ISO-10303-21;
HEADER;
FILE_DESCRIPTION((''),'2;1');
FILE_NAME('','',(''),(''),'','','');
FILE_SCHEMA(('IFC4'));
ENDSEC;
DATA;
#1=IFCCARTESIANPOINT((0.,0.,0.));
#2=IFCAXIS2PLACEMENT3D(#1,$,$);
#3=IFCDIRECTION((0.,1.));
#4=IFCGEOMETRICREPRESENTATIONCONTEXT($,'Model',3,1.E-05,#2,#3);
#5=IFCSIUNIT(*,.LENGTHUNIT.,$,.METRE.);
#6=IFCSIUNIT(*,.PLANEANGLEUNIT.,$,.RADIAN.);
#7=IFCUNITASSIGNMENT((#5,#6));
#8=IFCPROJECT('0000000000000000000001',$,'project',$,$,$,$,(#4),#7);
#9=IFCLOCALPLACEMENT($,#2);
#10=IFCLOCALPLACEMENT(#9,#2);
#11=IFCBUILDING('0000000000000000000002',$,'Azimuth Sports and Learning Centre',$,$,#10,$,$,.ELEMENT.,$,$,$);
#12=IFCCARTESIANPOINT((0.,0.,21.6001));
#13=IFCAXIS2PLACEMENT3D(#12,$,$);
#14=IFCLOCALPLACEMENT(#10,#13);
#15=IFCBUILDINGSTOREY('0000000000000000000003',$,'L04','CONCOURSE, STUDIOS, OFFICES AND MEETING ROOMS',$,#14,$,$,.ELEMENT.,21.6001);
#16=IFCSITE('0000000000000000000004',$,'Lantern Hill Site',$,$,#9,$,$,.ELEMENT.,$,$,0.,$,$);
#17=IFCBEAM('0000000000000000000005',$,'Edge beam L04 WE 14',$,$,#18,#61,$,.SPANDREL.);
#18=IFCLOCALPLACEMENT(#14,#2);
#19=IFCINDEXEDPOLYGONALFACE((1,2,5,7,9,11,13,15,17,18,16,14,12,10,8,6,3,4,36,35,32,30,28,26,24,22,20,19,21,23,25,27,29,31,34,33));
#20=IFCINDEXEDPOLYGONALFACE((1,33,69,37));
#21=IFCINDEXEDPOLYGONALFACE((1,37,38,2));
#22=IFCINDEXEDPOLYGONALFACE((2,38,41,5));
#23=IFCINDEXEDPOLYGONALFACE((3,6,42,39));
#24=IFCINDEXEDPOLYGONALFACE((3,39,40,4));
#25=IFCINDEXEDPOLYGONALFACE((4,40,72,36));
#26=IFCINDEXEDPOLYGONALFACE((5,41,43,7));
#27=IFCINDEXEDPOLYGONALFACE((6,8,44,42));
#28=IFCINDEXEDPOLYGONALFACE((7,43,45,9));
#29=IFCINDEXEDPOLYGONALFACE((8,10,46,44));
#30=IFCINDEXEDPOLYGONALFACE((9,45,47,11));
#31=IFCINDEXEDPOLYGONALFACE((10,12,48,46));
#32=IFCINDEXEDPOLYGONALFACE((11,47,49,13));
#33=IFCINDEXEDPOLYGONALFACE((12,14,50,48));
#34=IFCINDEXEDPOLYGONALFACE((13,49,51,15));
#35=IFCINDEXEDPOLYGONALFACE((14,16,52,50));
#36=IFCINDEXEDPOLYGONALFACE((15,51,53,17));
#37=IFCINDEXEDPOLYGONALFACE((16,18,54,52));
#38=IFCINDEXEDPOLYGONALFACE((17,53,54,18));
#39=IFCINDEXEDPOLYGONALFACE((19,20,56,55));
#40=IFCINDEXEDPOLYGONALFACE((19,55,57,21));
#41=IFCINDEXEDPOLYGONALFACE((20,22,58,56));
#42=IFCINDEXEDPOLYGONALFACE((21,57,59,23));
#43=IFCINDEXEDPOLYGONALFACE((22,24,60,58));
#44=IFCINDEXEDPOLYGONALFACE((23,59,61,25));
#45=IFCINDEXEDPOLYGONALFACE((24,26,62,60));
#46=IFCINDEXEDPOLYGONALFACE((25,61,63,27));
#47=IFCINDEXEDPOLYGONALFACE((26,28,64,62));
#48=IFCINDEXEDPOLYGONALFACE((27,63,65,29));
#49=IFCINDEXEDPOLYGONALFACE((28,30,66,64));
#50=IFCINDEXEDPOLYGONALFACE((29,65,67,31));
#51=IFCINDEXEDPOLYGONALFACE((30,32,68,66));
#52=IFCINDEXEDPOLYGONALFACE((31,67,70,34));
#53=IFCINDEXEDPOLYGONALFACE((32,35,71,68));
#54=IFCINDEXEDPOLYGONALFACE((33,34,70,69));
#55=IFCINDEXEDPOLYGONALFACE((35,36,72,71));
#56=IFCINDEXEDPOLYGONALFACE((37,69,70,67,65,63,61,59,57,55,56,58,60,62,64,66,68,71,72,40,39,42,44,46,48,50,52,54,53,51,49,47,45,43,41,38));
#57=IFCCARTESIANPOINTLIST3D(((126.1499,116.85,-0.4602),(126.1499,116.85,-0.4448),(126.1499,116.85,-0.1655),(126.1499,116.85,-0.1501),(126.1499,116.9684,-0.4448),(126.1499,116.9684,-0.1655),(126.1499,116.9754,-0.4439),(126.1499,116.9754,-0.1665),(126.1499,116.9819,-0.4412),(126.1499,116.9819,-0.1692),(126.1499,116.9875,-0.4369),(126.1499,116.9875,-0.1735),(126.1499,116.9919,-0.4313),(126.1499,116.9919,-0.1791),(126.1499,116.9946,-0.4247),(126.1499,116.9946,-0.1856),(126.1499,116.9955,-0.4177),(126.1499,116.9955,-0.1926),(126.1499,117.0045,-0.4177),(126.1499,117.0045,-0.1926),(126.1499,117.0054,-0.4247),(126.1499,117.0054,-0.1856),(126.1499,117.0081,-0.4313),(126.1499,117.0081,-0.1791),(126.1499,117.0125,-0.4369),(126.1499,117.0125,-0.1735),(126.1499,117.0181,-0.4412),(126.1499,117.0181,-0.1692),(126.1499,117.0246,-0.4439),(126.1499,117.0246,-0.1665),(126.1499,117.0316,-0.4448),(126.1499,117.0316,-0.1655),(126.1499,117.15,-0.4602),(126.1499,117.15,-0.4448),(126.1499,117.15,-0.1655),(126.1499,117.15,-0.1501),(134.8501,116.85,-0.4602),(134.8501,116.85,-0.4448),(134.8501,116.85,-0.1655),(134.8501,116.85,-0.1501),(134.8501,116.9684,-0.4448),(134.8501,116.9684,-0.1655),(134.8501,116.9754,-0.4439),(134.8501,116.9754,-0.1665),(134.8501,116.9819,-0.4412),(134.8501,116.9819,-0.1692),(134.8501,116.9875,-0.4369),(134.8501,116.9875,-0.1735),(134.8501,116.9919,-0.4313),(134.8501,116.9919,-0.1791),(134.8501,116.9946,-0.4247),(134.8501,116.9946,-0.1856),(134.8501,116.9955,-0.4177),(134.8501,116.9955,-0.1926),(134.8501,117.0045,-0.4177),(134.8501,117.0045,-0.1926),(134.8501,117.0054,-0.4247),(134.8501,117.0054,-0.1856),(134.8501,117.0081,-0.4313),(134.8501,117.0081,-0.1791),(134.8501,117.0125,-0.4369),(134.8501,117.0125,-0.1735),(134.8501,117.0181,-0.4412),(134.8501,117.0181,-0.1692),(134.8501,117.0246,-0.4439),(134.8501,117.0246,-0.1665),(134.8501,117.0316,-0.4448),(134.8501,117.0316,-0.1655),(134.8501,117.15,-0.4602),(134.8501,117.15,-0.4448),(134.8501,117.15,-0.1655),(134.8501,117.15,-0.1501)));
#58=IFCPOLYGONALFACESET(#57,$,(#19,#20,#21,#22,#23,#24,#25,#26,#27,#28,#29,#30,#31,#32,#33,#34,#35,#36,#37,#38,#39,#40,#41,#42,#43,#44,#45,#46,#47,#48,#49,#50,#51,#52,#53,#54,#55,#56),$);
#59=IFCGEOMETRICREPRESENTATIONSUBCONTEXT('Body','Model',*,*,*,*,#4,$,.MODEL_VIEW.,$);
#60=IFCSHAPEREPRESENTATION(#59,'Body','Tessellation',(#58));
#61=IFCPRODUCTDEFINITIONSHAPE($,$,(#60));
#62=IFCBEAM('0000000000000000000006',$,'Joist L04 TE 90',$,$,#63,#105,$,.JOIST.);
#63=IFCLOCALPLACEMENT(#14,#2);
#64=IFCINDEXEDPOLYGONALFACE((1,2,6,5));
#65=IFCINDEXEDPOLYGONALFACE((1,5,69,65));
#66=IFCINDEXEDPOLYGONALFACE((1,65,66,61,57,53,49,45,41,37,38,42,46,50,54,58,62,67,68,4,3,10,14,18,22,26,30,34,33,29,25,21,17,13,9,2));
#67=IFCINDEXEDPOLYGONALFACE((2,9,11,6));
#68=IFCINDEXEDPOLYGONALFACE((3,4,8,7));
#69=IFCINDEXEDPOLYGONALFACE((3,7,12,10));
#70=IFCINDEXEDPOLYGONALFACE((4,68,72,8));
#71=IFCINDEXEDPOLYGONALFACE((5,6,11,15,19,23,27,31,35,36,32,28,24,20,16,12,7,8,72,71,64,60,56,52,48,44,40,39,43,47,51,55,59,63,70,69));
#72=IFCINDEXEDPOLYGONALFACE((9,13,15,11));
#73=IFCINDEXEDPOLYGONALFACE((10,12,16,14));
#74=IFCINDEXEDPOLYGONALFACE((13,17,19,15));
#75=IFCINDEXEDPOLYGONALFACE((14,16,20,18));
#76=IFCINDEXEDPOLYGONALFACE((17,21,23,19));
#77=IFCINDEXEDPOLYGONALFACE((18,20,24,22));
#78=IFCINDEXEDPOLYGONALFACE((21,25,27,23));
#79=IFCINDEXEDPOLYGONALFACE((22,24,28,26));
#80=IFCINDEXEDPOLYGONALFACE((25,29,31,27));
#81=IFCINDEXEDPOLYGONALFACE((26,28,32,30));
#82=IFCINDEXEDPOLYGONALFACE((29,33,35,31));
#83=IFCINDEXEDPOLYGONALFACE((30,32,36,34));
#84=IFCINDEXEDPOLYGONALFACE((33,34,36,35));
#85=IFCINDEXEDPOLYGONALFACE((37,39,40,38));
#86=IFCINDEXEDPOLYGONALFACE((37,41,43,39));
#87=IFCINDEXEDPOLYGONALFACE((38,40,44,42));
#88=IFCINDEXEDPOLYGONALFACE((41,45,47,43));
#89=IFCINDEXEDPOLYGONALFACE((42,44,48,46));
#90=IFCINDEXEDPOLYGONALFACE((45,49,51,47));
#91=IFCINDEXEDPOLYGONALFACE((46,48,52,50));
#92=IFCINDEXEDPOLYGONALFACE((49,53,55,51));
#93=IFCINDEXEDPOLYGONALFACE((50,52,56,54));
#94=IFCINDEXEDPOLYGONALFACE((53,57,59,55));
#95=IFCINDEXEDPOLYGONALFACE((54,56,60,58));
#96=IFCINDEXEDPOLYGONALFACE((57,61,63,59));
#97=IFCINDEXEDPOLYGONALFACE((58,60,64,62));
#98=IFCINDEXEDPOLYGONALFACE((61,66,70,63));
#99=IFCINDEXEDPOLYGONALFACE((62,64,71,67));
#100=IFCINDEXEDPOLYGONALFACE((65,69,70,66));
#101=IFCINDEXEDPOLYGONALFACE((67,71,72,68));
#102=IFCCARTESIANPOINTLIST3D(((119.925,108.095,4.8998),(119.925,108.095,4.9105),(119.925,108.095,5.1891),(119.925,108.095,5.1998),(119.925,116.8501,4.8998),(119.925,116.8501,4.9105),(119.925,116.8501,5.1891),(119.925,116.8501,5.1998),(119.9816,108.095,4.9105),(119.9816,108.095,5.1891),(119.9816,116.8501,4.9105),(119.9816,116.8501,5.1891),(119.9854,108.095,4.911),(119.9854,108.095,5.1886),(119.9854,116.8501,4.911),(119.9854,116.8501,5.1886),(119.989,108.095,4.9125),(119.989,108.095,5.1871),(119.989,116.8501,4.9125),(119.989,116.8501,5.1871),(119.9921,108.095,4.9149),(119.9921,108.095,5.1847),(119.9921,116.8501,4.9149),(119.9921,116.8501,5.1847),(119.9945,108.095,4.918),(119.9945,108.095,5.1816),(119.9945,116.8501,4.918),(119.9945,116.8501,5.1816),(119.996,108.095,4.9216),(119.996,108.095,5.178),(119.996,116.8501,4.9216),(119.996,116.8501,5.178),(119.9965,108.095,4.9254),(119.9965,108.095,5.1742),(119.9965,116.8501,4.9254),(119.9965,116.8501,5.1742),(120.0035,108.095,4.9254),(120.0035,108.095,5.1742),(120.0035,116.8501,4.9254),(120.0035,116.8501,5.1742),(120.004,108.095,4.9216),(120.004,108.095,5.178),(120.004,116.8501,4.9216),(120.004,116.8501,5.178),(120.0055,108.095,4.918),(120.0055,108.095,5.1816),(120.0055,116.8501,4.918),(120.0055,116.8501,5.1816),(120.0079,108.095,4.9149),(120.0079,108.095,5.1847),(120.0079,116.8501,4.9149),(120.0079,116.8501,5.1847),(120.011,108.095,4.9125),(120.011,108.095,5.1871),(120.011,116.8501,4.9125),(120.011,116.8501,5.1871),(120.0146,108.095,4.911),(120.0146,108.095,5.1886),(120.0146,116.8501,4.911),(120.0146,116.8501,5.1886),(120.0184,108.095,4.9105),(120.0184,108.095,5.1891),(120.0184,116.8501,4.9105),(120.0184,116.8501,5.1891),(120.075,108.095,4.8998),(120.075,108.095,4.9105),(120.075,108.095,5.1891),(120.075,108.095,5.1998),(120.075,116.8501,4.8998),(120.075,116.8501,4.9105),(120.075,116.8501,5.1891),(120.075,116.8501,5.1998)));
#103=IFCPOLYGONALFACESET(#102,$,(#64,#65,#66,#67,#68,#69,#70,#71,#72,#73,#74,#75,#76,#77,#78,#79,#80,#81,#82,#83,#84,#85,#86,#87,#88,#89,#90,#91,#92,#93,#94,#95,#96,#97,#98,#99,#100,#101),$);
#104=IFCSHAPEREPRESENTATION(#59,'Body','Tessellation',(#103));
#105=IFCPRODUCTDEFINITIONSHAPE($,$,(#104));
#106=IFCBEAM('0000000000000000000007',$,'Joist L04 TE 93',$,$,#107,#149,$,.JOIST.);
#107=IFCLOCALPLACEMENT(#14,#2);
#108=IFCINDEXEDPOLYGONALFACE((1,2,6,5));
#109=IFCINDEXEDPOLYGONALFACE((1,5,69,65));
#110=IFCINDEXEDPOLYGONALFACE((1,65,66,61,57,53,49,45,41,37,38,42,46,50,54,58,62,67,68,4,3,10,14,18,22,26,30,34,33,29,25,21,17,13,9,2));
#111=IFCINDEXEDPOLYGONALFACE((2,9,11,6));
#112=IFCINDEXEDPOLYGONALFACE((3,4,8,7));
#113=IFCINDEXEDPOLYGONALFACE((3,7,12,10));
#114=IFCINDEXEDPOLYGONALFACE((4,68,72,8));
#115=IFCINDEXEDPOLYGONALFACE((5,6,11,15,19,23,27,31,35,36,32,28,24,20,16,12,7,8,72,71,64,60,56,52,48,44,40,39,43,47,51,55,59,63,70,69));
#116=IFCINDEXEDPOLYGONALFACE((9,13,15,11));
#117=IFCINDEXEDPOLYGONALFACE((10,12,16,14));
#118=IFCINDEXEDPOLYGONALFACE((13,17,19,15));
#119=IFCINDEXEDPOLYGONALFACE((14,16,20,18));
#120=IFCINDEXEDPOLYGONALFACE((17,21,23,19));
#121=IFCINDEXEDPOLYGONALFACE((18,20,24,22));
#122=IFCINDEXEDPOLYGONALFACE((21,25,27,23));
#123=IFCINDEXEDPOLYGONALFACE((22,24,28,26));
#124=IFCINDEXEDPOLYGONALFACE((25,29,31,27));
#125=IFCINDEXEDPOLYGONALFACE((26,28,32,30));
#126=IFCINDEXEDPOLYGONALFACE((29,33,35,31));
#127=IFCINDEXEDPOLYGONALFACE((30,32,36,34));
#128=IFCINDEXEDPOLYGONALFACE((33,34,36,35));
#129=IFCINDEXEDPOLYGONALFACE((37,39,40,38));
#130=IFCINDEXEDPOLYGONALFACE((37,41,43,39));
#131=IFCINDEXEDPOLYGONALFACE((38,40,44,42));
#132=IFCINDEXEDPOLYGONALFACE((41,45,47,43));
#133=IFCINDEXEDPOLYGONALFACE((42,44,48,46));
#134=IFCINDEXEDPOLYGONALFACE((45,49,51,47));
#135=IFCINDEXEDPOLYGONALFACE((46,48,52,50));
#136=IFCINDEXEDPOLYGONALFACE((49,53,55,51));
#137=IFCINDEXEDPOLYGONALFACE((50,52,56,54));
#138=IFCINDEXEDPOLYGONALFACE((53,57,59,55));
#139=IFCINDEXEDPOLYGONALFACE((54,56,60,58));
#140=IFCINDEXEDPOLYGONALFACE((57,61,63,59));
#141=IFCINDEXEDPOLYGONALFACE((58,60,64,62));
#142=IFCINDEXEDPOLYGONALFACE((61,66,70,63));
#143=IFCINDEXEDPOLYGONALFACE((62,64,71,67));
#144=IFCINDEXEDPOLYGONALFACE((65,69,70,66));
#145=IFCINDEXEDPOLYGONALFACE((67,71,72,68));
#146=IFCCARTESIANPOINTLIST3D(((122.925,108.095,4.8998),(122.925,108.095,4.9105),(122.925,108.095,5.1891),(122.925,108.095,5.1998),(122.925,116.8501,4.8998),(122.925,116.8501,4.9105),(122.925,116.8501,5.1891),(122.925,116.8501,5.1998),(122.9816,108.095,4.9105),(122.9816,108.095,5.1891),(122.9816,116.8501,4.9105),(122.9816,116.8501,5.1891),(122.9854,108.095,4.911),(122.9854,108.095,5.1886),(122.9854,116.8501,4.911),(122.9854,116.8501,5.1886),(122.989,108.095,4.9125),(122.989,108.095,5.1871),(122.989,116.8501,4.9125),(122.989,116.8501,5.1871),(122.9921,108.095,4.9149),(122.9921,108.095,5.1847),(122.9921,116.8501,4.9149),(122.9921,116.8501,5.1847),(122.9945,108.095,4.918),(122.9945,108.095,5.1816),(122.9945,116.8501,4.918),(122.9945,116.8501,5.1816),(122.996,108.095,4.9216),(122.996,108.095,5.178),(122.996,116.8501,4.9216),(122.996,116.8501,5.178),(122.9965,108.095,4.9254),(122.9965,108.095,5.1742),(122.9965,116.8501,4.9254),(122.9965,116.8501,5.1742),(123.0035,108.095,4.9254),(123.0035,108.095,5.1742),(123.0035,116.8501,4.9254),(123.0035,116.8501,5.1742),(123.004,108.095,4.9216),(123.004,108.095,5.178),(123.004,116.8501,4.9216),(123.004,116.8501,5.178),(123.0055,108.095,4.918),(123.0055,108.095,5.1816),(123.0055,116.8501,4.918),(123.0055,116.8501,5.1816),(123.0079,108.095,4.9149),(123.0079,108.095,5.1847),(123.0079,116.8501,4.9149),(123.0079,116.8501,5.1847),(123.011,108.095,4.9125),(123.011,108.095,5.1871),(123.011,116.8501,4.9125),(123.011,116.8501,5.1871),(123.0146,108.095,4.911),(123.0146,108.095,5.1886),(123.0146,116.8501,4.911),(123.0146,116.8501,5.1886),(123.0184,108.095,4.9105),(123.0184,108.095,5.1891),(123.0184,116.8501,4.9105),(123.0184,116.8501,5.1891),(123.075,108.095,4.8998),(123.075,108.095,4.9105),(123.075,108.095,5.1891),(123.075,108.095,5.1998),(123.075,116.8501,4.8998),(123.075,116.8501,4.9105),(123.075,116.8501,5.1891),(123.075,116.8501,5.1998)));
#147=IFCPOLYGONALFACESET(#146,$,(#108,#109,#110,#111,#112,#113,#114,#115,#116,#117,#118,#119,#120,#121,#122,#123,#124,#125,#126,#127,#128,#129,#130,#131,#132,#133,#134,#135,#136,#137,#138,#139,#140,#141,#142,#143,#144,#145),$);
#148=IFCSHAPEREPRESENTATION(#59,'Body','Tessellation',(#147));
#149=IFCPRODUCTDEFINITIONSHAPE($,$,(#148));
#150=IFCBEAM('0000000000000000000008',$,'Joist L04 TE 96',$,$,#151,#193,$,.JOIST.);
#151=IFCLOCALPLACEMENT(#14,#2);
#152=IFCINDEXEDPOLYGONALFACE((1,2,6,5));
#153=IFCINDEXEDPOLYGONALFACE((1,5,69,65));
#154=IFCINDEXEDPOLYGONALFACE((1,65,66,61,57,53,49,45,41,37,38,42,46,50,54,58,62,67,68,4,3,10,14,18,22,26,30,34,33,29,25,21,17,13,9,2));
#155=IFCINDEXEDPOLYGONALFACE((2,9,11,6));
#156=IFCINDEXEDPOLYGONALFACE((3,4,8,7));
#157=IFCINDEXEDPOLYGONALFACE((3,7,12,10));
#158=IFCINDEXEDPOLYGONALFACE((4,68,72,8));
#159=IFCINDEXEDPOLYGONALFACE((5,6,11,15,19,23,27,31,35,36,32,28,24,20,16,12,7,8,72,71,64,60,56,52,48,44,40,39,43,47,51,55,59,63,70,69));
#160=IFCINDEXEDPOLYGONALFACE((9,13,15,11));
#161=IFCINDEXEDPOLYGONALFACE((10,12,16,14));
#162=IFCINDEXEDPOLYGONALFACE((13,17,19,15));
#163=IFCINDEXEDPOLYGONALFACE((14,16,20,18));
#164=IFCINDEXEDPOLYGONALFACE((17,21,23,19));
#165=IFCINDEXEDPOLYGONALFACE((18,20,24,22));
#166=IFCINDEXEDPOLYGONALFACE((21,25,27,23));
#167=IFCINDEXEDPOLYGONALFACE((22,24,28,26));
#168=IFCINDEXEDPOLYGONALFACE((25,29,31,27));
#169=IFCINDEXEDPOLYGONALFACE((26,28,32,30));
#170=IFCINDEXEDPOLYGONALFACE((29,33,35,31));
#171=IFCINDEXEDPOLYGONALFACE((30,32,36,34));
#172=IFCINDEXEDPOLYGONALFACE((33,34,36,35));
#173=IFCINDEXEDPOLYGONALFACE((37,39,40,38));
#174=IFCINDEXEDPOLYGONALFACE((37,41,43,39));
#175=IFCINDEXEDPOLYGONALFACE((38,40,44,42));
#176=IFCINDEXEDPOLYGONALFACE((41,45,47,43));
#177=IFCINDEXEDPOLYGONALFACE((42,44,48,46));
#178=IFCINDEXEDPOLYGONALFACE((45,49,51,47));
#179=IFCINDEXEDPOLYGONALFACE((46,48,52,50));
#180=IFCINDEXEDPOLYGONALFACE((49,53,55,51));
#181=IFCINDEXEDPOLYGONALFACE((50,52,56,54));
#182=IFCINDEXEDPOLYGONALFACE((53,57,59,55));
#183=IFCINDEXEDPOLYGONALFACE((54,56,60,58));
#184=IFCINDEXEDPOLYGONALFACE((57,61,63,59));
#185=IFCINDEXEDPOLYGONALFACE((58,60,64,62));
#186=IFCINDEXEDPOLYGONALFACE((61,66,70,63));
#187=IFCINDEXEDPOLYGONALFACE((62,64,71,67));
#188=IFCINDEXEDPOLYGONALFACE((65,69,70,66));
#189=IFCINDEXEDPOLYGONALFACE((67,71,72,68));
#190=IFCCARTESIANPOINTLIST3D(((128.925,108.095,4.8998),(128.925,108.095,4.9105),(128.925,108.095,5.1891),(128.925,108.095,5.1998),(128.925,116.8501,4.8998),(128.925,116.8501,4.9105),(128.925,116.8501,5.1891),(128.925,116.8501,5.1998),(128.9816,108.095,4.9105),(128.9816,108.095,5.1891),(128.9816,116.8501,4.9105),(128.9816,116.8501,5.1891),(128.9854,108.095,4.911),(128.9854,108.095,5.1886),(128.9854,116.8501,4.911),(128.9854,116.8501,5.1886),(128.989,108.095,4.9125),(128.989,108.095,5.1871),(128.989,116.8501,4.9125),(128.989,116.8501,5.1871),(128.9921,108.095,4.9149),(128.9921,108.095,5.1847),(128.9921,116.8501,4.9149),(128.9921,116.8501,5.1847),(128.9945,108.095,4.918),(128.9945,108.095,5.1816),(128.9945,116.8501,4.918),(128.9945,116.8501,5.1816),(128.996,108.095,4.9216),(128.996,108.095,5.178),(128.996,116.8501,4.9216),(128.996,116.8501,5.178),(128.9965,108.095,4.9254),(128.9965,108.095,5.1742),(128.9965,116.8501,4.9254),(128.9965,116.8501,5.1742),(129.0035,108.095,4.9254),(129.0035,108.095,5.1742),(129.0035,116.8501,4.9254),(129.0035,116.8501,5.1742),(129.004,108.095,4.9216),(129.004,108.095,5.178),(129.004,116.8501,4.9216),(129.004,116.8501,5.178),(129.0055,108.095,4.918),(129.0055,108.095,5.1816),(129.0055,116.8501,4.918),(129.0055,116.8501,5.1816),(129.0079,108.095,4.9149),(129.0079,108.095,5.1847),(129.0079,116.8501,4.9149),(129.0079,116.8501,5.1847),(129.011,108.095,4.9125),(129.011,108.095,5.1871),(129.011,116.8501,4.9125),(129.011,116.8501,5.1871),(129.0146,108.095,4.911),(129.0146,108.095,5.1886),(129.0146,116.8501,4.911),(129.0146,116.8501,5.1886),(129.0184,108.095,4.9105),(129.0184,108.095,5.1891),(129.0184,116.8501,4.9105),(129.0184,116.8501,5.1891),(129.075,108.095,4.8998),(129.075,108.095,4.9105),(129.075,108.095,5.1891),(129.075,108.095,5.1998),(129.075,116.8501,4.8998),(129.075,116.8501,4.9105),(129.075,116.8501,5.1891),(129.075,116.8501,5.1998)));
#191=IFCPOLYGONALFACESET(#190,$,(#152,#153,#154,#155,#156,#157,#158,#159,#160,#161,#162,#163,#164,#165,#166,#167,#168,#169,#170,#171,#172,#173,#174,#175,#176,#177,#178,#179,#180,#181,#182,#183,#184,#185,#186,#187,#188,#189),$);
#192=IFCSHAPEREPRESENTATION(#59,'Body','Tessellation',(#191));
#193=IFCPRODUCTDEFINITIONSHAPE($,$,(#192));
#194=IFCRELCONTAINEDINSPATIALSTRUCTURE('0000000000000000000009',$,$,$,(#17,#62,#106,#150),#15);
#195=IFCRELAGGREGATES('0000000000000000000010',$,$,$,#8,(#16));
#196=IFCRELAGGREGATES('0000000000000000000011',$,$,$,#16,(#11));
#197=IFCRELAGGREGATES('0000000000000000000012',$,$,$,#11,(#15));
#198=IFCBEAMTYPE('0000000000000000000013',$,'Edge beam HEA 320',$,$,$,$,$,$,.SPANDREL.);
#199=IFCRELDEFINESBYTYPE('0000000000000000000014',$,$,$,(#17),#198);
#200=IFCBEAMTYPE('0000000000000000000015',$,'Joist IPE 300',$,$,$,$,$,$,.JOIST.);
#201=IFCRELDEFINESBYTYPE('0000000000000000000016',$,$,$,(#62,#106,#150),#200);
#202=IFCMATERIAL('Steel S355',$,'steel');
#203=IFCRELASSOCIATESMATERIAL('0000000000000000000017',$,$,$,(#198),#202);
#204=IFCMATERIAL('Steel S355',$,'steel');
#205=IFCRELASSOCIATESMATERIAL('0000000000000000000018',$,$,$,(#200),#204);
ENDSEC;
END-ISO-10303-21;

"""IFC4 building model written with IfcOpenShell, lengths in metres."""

from ifc_helpers import new_model, si_unit, direction, frame, origin, origin_2d, place, context, subcontext, project, spatial, i_section, extrude, material, material_profile, profile_set, type_object, element, save


model = new_model("IFC4")

# Units and contexts
model_context = context("Model", 3, precision=1e-05, world=origin(), true_north=direction((0.0, 1.0)))
body_context = subcontext(model_context, "Body", "Model", "MODEL_VIEW")
ifc_project = project(units=[si_unit("LENGTHUNIT", "METRE"), si_unit("PLANEANGLEUNIT", "RADIAN")], contexts=[model_context])

# Site, building, storey
site_placement = place(None, origin())
site = spatial("IfcSite", under=ifc_project, at=site_placement, Name="Lantern Hill Site", CompositionType="ELEMENT", RefElevation=0.0)
building_placement = place(site_placement, origin())
building = spatial("IfcBuilding", under=site, at=building_placement, Name="Azimuth Sports and Learning Centre", CompositionType="ELEMENT")
storey_placement = place(building_placement, frame((0.0, 0.0, 21.6001)))
storey = spatial("IfcBuildingStorey", under=building, at=storey_placement, Name="L04", Description="CONCOURSE, STUDIOS, OFFICES AND MEETING ROOMS", CompositionType="ELEMENT", Elevation=21.6001)

# Beams
ifc_material_1 = material(Name="Steel S355", Category="steel")
ifc_material_profile_1 = material_profile(ifc_material_1, i_section(OverallWidth=0.3, OverallDepth=0.3101, WebThickness=0.009, FlangeThickness=0.0154, FilletRadius=0.0271, at=origin_2d()), Name="HEA 320")
ifc_profile_set_1 = profile_set([ifc_material_profile_1], Name="Steel S355")
beam_type_1 = type_object("IfcBeamType", Name="Edge beam HEA 320", PredefinedType="SPANDREL", material=ifc_profile_set_1)
beam_1_placement = place(storey_placement, frame((126.1499, 117.0, -0.3052), z_axis=(1.0, 0.0, 0.0), x_axis=(0.0, 1.0, 0.0)))
element("IfcBeam", 1, at=beam_1_placement, inside=storey, type_object=beam_type_1, Name="Edge beam L04 WE 14", PredefinedType="SPANDREL", context=body_context, shape_type="SweptSolid", body=[
    extrude(i_section(OverallWidth=0.3, OverallDepth=0.3101, WebThickness=0.009, FlangeThickness=0.0154, FilletRadius=0.0271, at=origin_2d()), origin(), (0.0, 0.0, 1.0), 8.7002),
])
ifc_material_2 = material(Name="Steel S355", Category="steel")
ifc_material_profile_2 = material_profile(ifc_material_2, i_section(OverallWidth=0.1499, OverallDepth=0.3, WebThickness=0.0071, FlangeThickness=0.0107, FilletRadius=0.0149, at=origin_2d()), Name="IPE 300")
ifc_profile_set_2 = profile_set([ifc_material_profile_2], Name="Steel S355")
beam_type_2 = type_object("IfcBeamType", Name="Joist IPE 300", PredefinedType="JOIST", material=ifc_profile_set_2)
for number, where, z_axis, x_axis, name in (
    (2, (120.0, 108.095, 5.0498), (0.0, 1.0, 0.0), (-1.0, 0.0, 0.0), "Joist L04 TE 90"),
    (3, (123.0, 108.095, 5.0498), (0.0, 1.0, 0.0), (-1.0, 0.0, 0.0), "Joist L04 TE 93"),
    (4, (129.0, 108.095, 5.0498), (0.0, 1.0, 0.0), (-1.0, 0.0, 0.0), "Joist L04 TE 96"),
):
    element("IfcBeam", number, at=place(storey_placement, frame(where, z_axis=z_axis, x_axis=x_axis)), inside=storey, type_object=beam_type_2, Name=name, PredefinedType="JOIST", context=body_context, shape_type="SweptSolid", body=[
        extrude(i_section(OverallWidth=0.1499, OverallDepth=0.3, WebThickness=0.0071, FlangeThickness=0.0107, FilletRadius=0.0149, at=origin_2d()), origin(), (0.0, 0.0, 1.0), 8.7551),
    ])

save(model, "model.ifc")
